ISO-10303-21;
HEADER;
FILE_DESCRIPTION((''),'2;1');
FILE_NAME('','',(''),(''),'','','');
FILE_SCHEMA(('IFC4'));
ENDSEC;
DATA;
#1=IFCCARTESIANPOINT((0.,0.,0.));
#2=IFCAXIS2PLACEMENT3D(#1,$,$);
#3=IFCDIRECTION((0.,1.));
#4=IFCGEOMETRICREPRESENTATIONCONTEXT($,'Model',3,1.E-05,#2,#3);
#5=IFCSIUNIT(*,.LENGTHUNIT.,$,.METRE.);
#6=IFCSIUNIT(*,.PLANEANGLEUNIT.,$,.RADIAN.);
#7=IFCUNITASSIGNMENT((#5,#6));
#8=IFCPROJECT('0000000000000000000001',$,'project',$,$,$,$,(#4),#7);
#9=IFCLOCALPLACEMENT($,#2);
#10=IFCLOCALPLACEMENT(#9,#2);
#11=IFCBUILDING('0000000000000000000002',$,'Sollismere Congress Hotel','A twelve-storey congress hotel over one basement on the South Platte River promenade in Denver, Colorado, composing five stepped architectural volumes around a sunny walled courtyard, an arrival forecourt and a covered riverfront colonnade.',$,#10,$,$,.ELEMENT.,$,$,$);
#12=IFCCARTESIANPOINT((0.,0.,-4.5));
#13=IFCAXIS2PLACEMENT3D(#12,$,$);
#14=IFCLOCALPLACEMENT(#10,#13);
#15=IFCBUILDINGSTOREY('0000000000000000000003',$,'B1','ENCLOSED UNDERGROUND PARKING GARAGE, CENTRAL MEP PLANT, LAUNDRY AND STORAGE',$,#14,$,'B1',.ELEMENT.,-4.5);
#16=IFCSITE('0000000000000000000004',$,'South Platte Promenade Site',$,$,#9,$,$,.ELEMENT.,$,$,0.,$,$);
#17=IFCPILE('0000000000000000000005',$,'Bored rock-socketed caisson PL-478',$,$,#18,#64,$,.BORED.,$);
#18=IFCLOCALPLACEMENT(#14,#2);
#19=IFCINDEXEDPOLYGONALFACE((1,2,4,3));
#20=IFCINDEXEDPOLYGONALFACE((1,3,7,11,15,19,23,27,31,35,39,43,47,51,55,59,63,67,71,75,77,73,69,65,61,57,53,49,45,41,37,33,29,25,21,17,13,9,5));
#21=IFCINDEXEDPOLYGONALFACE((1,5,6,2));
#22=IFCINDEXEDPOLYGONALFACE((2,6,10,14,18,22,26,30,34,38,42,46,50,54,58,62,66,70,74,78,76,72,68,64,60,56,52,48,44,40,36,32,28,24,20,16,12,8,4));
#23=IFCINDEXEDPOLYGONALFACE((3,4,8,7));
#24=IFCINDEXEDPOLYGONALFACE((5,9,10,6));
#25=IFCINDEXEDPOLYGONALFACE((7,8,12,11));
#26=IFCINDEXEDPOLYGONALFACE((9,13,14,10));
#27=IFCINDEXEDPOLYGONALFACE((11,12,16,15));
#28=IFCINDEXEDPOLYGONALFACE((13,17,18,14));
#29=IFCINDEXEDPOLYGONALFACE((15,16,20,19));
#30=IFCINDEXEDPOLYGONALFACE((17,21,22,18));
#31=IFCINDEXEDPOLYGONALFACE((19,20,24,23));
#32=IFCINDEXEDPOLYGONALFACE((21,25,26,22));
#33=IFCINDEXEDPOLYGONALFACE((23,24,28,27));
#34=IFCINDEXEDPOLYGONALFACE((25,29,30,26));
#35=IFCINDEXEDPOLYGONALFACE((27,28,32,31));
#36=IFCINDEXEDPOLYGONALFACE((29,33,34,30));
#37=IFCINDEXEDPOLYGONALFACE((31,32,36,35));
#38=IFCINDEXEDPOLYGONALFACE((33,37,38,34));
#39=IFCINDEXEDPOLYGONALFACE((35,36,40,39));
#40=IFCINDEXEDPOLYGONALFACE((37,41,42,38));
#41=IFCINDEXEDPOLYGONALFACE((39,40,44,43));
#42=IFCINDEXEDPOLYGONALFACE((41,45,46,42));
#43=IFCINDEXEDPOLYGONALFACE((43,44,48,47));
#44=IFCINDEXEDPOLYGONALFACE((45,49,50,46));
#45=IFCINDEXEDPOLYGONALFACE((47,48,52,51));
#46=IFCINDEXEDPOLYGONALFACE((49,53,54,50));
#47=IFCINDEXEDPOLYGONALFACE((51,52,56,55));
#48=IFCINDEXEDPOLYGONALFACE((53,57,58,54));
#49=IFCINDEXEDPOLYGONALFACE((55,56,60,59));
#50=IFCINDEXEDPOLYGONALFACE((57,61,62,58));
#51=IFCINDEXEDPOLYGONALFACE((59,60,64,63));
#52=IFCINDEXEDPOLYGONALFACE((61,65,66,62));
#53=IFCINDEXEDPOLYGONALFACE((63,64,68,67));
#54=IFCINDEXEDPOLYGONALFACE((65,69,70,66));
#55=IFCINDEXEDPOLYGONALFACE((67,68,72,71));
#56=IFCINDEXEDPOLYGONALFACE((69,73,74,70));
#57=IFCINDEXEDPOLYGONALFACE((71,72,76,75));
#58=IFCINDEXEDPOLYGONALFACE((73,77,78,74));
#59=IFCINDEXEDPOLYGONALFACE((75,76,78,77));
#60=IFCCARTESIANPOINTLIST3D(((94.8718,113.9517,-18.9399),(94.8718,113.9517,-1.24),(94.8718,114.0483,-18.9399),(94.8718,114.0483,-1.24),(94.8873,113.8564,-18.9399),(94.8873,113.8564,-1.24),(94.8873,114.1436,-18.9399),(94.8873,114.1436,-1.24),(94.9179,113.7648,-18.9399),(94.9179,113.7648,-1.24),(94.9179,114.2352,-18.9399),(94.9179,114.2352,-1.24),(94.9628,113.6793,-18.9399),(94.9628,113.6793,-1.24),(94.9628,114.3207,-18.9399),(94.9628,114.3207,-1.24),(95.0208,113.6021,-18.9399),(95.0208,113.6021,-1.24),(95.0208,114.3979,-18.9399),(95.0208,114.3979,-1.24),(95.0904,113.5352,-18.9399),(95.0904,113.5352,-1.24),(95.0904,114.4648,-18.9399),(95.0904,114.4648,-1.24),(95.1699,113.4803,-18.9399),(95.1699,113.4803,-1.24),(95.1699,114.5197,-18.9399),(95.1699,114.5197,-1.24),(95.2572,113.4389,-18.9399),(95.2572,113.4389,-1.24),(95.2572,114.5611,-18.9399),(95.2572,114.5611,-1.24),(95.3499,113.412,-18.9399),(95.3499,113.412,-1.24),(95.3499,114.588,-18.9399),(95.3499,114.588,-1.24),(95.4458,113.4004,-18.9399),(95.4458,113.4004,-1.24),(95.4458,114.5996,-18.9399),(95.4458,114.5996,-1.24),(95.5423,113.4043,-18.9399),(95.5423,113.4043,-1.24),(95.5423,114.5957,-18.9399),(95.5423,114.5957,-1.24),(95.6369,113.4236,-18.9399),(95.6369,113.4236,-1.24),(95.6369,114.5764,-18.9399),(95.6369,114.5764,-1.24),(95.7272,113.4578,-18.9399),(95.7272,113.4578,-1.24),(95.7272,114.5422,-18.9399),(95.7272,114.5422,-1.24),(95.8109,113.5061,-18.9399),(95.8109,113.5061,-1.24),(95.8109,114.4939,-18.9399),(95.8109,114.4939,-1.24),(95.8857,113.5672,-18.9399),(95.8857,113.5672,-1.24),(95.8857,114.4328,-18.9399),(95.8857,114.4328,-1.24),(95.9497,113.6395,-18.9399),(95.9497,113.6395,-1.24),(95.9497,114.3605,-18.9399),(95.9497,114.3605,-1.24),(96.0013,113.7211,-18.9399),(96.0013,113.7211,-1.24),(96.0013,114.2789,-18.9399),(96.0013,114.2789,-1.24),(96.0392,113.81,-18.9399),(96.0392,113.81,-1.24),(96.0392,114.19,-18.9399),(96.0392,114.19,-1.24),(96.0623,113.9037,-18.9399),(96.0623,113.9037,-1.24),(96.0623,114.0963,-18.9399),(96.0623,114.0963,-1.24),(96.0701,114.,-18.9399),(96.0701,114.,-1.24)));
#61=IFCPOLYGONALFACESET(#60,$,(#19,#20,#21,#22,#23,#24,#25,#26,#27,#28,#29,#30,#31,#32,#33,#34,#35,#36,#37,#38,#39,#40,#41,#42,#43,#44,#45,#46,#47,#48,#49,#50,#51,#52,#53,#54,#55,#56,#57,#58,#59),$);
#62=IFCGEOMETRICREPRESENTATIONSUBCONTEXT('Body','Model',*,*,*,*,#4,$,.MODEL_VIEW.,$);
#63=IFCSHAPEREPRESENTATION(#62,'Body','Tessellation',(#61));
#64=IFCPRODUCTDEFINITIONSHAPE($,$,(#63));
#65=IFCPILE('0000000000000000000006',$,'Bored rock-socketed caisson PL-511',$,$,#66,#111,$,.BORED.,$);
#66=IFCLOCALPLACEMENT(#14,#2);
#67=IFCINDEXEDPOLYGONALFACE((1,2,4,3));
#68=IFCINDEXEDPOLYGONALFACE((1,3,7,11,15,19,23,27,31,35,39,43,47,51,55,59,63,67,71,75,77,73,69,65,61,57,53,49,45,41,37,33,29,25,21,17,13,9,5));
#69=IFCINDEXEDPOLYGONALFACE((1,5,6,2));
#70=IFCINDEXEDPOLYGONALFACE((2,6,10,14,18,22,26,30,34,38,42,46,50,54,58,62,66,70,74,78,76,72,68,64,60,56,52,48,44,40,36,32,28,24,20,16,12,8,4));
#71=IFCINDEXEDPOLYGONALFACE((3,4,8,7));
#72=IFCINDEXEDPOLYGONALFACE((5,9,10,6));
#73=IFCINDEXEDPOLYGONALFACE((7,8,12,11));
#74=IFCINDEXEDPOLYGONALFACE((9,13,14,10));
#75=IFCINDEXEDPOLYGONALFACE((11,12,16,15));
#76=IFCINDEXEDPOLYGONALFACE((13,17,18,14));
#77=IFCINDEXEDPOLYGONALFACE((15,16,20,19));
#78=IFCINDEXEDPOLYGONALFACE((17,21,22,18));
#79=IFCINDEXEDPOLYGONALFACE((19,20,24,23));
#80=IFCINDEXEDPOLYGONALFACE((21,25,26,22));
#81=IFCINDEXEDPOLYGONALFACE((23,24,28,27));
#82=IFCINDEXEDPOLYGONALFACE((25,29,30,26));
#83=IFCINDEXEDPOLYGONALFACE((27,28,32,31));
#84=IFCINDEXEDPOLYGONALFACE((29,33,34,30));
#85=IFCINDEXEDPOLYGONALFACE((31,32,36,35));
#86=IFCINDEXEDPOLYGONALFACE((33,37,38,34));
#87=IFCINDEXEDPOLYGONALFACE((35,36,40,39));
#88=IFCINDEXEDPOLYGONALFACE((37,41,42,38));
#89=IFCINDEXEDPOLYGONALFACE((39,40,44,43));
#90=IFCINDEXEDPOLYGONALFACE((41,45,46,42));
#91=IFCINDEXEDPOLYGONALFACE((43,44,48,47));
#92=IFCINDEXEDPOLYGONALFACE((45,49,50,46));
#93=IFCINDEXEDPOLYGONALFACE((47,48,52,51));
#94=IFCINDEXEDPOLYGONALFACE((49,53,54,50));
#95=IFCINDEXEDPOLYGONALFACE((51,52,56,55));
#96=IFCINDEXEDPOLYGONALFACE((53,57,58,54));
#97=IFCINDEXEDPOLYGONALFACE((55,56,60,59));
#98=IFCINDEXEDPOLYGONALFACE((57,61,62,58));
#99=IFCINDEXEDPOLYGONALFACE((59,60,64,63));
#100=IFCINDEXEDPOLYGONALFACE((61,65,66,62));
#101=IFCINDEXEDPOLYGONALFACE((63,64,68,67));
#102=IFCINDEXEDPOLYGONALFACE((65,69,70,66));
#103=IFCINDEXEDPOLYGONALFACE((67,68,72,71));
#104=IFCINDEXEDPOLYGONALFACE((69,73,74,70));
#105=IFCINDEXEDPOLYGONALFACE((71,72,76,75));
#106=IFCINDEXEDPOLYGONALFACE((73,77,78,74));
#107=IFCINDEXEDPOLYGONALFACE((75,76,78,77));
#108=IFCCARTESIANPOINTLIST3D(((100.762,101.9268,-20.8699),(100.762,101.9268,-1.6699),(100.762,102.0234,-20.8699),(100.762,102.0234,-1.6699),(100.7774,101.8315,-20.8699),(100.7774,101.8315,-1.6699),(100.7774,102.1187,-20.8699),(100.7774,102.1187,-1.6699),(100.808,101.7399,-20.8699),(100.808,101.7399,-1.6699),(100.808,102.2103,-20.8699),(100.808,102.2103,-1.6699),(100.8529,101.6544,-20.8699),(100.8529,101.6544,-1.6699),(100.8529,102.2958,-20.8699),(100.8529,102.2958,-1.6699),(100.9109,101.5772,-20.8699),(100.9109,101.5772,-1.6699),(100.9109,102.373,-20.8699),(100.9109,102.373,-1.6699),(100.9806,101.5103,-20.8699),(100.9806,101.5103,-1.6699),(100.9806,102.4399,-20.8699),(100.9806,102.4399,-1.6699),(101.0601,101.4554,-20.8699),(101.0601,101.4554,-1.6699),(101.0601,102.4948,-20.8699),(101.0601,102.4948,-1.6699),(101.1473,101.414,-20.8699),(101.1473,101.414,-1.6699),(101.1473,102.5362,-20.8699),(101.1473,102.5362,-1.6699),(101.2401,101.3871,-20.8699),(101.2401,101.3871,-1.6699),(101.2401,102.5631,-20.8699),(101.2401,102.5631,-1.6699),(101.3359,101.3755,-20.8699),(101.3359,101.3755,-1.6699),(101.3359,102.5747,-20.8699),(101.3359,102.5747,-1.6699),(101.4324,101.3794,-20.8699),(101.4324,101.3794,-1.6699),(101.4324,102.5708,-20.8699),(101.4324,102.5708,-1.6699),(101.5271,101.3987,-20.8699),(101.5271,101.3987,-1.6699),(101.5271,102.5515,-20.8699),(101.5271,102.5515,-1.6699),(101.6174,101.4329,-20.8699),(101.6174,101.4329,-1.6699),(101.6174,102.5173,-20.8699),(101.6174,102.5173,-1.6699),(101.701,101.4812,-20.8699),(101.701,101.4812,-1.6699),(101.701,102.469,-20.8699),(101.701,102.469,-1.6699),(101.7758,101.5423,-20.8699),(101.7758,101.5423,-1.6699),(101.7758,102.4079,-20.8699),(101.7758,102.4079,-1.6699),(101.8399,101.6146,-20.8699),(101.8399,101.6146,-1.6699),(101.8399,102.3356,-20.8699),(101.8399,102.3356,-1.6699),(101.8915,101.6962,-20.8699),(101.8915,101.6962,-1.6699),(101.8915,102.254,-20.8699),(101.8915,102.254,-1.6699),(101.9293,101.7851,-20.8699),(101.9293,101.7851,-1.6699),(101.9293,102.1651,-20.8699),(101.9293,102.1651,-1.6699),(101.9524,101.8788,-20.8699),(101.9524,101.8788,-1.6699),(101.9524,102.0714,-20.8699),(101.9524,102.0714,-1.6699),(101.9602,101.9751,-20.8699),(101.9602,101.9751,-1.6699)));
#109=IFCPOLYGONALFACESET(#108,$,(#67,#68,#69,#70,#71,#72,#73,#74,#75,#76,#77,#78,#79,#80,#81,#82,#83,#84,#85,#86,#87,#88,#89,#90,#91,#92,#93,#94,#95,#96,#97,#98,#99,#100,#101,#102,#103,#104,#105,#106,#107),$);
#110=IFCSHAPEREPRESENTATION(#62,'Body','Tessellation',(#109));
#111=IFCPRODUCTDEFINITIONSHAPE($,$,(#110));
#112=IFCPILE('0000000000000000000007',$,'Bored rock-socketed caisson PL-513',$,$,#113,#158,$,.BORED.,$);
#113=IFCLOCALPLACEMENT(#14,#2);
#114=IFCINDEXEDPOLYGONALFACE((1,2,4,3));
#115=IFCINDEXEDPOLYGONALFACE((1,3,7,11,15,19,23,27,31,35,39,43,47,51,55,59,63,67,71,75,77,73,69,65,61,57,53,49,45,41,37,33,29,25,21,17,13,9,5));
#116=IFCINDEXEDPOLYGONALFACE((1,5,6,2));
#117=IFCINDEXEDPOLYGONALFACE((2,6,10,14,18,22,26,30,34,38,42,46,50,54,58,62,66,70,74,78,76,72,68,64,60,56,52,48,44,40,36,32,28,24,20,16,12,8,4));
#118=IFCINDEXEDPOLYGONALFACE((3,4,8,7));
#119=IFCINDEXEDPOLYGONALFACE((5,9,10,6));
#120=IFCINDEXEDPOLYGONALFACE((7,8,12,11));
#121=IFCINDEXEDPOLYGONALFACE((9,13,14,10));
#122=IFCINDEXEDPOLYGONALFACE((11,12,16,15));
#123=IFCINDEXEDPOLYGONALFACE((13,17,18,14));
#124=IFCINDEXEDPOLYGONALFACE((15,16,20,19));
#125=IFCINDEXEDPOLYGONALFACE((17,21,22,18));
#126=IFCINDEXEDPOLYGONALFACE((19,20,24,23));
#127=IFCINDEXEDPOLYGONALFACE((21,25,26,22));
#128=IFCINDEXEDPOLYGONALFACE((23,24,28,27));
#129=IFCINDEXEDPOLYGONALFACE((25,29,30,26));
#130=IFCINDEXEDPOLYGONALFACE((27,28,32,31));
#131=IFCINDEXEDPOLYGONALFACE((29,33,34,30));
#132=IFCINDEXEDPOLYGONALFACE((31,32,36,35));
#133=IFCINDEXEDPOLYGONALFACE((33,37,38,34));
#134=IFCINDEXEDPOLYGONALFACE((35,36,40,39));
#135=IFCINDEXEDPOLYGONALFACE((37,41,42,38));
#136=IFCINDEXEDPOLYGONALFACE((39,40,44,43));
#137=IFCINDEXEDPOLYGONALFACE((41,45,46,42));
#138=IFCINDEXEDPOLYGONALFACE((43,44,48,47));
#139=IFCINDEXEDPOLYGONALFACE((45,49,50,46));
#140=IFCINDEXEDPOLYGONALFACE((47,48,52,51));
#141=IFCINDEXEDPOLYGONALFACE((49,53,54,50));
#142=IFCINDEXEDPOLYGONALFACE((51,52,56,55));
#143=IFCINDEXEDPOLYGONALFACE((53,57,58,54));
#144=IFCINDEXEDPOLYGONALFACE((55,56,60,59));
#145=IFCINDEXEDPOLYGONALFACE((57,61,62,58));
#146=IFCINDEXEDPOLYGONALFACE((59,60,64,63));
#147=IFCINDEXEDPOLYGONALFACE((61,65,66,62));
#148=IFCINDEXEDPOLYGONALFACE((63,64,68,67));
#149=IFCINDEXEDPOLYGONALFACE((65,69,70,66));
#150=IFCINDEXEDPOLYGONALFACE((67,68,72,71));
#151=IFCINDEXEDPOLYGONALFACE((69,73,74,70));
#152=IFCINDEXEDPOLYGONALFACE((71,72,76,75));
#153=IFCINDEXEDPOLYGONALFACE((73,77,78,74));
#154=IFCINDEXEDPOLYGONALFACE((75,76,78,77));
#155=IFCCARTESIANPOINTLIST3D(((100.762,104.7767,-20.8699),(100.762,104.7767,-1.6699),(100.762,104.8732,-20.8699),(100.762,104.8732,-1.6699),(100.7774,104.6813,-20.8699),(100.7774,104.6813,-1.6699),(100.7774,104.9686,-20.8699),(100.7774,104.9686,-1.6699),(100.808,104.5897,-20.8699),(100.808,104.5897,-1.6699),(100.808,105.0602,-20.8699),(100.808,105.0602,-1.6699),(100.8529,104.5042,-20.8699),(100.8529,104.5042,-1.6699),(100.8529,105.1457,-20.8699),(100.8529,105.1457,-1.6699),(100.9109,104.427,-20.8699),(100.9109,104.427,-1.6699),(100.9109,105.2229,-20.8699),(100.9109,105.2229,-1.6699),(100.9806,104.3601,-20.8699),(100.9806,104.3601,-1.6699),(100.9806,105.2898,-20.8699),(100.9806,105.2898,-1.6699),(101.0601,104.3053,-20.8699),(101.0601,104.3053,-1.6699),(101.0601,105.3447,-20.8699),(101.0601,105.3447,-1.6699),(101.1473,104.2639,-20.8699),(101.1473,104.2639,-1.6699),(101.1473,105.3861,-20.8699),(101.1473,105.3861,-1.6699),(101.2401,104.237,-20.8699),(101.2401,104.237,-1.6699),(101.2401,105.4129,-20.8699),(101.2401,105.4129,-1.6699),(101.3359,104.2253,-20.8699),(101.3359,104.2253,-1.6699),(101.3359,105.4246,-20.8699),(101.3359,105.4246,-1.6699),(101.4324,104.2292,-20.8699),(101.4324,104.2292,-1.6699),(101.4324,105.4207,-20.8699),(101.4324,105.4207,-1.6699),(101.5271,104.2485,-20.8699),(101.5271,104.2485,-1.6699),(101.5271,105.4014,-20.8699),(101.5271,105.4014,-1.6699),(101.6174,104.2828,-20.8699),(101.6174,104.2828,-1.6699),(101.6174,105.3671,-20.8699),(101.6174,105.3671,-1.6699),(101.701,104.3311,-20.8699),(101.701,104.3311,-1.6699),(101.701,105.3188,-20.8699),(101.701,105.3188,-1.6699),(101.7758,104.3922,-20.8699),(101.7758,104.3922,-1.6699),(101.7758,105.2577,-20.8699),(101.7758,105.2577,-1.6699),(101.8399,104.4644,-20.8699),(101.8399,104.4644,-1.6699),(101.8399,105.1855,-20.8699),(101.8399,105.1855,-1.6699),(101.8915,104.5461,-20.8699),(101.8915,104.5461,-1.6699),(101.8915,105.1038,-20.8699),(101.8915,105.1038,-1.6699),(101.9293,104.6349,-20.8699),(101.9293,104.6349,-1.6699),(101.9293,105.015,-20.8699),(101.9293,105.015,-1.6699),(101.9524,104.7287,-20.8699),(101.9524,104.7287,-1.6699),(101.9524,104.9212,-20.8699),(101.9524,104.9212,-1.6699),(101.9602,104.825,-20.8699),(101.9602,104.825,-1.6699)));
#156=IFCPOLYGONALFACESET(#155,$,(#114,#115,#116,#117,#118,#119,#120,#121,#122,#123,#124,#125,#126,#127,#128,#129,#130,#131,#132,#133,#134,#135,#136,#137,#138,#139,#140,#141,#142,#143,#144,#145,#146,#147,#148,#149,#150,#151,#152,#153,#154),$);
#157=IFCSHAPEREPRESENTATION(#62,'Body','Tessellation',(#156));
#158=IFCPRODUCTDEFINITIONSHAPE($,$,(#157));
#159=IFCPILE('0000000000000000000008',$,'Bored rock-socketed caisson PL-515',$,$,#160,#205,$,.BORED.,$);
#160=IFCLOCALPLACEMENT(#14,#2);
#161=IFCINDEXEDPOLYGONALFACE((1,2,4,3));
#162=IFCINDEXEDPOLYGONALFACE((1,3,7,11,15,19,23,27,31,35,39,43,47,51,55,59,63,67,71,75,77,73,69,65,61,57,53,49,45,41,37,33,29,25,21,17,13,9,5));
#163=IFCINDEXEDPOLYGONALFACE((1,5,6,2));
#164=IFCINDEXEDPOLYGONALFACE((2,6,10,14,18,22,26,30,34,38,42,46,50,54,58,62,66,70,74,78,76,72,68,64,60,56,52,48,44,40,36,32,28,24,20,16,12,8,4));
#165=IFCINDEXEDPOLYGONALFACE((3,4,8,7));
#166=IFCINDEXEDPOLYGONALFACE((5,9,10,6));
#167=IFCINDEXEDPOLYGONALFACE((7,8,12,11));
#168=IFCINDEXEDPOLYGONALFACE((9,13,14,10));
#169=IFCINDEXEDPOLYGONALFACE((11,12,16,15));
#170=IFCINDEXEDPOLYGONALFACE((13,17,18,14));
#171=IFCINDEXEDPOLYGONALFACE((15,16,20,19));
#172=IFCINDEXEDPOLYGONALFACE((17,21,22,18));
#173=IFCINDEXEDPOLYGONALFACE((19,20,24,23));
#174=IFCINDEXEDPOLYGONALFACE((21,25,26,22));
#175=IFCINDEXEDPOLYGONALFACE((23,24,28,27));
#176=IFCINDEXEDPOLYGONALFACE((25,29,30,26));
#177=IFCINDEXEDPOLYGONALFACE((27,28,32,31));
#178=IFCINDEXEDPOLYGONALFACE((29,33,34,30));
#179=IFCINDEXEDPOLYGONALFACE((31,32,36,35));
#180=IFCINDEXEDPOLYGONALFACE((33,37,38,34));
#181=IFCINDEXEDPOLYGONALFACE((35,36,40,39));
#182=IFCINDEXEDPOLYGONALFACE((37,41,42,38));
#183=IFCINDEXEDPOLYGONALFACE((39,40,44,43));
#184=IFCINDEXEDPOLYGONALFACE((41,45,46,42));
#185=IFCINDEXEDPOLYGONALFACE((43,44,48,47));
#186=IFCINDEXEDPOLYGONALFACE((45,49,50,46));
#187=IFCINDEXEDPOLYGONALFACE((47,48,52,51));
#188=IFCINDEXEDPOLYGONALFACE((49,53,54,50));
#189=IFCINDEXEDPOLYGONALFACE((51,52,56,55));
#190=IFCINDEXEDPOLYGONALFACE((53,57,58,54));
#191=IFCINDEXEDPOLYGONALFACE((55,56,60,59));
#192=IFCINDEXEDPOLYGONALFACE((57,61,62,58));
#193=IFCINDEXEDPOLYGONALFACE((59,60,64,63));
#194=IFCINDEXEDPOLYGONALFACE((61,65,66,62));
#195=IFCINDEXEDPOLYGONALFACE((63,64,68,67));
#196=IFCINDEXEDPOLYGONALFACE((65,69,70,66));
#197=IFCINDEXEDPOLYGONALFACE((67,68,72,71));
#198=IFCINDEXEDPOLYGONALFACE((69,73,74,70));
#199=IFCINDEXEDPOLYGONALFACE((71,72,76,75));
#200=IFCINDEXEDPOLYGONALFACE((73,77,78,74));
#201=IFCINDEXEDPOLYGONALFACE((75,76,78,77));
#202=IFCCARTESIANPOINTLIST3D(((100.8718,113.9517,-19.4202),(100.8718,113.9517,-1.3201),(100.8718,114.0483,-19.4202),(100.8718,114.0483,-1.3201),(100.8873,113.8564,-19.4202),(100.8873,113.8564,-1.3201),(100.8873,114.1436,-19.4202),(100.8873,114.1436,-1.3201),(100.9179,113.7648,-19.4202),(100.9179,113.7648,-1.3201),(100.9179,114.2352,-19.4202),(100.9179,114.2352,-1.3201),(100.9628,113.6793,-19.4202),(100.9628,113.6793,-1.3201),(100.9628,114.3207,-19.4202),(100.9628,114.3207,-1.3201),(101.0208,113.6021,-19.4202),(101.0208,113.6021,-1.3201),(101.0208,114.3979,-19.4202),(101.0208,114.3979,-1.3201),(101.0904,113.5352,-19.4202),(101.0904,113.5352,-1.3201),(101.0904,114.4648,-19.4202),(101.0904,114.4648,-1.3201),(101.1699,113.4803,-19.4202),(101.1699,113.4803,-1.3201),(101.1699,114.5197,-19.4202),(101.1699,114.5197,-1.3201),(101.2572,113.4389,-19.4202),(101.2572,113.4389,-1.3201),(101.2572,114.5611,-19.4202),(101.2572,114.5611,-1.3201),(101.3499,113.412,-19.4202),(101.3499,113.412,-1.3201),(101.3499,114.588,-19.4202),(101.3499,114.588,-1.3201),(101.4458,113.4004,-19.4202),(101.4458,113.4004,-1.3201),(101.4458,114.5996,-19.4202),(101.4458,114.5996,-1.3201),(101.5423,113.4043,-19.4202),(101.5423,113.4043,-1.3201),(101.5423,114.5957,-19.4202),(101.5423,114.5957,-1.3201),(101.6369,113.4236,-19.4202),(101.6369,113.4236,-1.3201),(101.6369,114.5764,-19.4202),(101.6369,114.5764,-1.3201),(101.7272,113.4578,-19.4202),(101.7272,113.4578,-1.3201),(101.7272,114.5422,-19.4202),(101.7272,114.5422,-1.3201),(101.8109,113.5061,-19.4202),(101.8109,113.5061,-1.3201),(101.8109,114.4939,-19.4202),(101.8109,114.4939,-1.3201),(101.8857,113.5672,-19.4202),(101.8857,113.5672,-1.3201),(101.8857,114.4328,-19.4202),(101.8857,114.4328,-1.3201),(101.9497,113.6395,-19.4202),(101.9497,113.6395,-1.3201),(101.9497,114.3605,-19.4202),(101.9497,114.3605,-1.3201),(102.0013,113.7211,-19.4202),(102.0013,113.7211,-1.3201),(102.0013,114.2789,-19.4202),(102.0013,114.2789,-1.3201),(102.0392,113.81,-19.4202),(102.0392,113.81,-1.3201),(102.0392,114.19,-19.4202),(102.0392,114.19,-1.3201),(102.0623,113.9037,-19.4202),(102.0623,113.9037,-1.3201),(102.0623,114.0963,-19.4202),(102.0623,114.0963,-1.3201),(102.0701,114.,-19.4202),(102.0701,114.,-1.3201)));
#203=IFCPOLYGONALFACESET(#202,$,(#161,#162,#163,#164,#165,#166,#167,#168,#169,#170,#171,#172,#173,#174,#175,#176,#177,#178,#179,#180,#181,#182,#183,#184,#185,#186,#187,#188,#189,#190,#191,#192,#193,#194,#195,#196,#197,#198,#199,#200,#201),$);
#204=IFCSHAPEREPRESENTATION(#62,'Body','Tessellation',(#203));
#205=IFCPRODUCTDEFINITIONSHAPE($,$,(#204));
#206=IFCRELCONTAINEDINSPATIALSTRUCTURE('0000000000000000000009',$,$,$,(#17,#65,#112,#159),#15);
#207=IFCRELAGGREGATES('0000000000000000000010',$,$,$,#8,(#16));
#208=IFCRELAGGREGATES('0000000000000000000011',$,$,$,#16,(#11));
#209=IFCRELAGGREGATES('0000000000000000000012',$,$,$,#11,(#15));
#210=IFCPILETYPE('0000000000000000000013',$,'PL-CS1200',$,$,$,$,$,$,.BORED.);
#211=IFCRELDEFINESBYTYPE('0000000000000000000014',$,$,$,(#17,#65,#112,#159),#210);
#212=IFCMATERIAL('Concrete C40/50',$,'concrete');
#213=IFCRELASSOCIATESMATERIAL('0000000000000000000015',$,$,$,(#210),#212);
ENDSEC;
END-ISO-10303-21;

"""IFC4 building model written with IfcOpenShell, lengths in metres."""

from ifc_helpers import new_model, si_unit, direction, frame, origin, origin_2d, place, context, subcontext, project, spatial, circle, extrude, material, material_profile, profile_set, type_object, element, save


model = new_model("IFC4")

# Units and contexts
model_context = context("Model", 3, precision=1e-05, world=origin(), true_north=direction((0.0, 1.0)))
body_context = subcontext(model_context, "Body", "Model", "MODEL_VIEW")
ifc_project = project(units=[si_unit("LENGTHUNIT", "METRE"), si_unit("PLANEANGLEUNIT", "RADIAN")], contexts=[model_context])

# Site, building, storey
site_placement = place(None, origin())
site = spatial("IfcSite", under=ifc_project, at=site_placement, Name="South Platte Promenade Site", CompositionType="ELEMENT", RefElevation=0.0)
building_placement = place(site_placement, origin())
building = spatial("IfcBuilding", under=site, at=building_placement, Name="Sollismere Congress Hotel", Description="A twelve-storey congress hotel over one basement on the South Platte River promenade in Denver, Colorado, composing five stepped architectural volumes around a sunny walled courtyard, an arrival forecourt and a covered riverfront colonnade.", CompositionType="ELEMENT")
storey_placement = place(building_placement, frame((0.0, 0.0, -4.5)))
storey = spatial("IfcBuildingStorey", under=building, at=storey_placement, Name="B1", Description="ENCLOSED UNDERGROUND PARKING GARAGE, CENTRAL MEP PLANT, LAUNDRY AND STORAGE", LongName="B1", CompositionType="ELEMENT", Elevation=-4.5)

# Shared definitions
ifc_material_1 = material(Name="Concrete C40/50", Category="concrete")

# Piles
ifc_material_profile_1 = material_profile(ifc_material_1, circle(Radius=0.6001, at=origin_2d()), Name="CAISSON1200")
ifc_profile_set_1 = profile_set([ifc_material_profile_1], Name="Concrete C40/50")
pile_type = type_object("IfcPileType", Name="PL-CS1200", PredefinedType="BORED", material=ifc_profile_set_1)
pile_1_placement = place(storey_placement, frame((95.47, 114.0, -1.24), z_axis=(0.0, 0.0, -1.0), x_axis=(1.0, 0.0, 0.0)))
element("IfcPile", 1, at=pile_1_placement, inside=storey, type_object=pile_type, Name="Bored rock-socketed caisson PL-478", PredefinedType="BORED", context=body_context, shape_type="SweptSolid", body=[
    extrude(circle(Radius=0.6001, at=origin_2d()), origin(), (0.0, 0.0, 1.0), 17.7),
])
for number, where, z_axis, x_axis, name in (
    (2, (101.3601, 101.9751, -1.6699), (0.0, 0.0, -1.0), (1.0, 0.0, 0.0), "Bored rock-socketed caisson PL-511"),
    (3, (101.3601, 104.825, -1.6699), (0.0, 0.0, -1.0), (1.0, 0.0, 0.0), "Bored rock-socketed caisson PL-513"),
):
    element("IfcPile", number, at=place(storey_placement, frame(where, z_axis=z_axis, x_axis=x_axis)), inside=storey, type_object=pile_type, Name=name, PredefinedType="BORED", context=body_context, shape_type="SweptSolid", body=[
        extrude(circle(Radius=0.6001, at=origin_2d()), origin(), (0.0, 0.0, 1.0), 19.2),
    ])
pile_2_placement = place(storey_placement, frame((101.47, 114.0, -1.3201), z_axis=(0.0, 0.0, -1.0), x_axis=(1.0, 0.0, 0.0)))
element("IfcPile", 4, at=pile_2_placement, inside=storey, type_object=pile_type, Name="Bored rock-socketed caisson PL-515", PredefinedType="BORED", context=body_context, shape_type="SweptSolid", body=[
    extrude(circle(Radius=0.6001, at=origin_2d()), origin(), (0.0, 0.0, 1.0), 18.1001),
])

save(model, "model.ifc")
